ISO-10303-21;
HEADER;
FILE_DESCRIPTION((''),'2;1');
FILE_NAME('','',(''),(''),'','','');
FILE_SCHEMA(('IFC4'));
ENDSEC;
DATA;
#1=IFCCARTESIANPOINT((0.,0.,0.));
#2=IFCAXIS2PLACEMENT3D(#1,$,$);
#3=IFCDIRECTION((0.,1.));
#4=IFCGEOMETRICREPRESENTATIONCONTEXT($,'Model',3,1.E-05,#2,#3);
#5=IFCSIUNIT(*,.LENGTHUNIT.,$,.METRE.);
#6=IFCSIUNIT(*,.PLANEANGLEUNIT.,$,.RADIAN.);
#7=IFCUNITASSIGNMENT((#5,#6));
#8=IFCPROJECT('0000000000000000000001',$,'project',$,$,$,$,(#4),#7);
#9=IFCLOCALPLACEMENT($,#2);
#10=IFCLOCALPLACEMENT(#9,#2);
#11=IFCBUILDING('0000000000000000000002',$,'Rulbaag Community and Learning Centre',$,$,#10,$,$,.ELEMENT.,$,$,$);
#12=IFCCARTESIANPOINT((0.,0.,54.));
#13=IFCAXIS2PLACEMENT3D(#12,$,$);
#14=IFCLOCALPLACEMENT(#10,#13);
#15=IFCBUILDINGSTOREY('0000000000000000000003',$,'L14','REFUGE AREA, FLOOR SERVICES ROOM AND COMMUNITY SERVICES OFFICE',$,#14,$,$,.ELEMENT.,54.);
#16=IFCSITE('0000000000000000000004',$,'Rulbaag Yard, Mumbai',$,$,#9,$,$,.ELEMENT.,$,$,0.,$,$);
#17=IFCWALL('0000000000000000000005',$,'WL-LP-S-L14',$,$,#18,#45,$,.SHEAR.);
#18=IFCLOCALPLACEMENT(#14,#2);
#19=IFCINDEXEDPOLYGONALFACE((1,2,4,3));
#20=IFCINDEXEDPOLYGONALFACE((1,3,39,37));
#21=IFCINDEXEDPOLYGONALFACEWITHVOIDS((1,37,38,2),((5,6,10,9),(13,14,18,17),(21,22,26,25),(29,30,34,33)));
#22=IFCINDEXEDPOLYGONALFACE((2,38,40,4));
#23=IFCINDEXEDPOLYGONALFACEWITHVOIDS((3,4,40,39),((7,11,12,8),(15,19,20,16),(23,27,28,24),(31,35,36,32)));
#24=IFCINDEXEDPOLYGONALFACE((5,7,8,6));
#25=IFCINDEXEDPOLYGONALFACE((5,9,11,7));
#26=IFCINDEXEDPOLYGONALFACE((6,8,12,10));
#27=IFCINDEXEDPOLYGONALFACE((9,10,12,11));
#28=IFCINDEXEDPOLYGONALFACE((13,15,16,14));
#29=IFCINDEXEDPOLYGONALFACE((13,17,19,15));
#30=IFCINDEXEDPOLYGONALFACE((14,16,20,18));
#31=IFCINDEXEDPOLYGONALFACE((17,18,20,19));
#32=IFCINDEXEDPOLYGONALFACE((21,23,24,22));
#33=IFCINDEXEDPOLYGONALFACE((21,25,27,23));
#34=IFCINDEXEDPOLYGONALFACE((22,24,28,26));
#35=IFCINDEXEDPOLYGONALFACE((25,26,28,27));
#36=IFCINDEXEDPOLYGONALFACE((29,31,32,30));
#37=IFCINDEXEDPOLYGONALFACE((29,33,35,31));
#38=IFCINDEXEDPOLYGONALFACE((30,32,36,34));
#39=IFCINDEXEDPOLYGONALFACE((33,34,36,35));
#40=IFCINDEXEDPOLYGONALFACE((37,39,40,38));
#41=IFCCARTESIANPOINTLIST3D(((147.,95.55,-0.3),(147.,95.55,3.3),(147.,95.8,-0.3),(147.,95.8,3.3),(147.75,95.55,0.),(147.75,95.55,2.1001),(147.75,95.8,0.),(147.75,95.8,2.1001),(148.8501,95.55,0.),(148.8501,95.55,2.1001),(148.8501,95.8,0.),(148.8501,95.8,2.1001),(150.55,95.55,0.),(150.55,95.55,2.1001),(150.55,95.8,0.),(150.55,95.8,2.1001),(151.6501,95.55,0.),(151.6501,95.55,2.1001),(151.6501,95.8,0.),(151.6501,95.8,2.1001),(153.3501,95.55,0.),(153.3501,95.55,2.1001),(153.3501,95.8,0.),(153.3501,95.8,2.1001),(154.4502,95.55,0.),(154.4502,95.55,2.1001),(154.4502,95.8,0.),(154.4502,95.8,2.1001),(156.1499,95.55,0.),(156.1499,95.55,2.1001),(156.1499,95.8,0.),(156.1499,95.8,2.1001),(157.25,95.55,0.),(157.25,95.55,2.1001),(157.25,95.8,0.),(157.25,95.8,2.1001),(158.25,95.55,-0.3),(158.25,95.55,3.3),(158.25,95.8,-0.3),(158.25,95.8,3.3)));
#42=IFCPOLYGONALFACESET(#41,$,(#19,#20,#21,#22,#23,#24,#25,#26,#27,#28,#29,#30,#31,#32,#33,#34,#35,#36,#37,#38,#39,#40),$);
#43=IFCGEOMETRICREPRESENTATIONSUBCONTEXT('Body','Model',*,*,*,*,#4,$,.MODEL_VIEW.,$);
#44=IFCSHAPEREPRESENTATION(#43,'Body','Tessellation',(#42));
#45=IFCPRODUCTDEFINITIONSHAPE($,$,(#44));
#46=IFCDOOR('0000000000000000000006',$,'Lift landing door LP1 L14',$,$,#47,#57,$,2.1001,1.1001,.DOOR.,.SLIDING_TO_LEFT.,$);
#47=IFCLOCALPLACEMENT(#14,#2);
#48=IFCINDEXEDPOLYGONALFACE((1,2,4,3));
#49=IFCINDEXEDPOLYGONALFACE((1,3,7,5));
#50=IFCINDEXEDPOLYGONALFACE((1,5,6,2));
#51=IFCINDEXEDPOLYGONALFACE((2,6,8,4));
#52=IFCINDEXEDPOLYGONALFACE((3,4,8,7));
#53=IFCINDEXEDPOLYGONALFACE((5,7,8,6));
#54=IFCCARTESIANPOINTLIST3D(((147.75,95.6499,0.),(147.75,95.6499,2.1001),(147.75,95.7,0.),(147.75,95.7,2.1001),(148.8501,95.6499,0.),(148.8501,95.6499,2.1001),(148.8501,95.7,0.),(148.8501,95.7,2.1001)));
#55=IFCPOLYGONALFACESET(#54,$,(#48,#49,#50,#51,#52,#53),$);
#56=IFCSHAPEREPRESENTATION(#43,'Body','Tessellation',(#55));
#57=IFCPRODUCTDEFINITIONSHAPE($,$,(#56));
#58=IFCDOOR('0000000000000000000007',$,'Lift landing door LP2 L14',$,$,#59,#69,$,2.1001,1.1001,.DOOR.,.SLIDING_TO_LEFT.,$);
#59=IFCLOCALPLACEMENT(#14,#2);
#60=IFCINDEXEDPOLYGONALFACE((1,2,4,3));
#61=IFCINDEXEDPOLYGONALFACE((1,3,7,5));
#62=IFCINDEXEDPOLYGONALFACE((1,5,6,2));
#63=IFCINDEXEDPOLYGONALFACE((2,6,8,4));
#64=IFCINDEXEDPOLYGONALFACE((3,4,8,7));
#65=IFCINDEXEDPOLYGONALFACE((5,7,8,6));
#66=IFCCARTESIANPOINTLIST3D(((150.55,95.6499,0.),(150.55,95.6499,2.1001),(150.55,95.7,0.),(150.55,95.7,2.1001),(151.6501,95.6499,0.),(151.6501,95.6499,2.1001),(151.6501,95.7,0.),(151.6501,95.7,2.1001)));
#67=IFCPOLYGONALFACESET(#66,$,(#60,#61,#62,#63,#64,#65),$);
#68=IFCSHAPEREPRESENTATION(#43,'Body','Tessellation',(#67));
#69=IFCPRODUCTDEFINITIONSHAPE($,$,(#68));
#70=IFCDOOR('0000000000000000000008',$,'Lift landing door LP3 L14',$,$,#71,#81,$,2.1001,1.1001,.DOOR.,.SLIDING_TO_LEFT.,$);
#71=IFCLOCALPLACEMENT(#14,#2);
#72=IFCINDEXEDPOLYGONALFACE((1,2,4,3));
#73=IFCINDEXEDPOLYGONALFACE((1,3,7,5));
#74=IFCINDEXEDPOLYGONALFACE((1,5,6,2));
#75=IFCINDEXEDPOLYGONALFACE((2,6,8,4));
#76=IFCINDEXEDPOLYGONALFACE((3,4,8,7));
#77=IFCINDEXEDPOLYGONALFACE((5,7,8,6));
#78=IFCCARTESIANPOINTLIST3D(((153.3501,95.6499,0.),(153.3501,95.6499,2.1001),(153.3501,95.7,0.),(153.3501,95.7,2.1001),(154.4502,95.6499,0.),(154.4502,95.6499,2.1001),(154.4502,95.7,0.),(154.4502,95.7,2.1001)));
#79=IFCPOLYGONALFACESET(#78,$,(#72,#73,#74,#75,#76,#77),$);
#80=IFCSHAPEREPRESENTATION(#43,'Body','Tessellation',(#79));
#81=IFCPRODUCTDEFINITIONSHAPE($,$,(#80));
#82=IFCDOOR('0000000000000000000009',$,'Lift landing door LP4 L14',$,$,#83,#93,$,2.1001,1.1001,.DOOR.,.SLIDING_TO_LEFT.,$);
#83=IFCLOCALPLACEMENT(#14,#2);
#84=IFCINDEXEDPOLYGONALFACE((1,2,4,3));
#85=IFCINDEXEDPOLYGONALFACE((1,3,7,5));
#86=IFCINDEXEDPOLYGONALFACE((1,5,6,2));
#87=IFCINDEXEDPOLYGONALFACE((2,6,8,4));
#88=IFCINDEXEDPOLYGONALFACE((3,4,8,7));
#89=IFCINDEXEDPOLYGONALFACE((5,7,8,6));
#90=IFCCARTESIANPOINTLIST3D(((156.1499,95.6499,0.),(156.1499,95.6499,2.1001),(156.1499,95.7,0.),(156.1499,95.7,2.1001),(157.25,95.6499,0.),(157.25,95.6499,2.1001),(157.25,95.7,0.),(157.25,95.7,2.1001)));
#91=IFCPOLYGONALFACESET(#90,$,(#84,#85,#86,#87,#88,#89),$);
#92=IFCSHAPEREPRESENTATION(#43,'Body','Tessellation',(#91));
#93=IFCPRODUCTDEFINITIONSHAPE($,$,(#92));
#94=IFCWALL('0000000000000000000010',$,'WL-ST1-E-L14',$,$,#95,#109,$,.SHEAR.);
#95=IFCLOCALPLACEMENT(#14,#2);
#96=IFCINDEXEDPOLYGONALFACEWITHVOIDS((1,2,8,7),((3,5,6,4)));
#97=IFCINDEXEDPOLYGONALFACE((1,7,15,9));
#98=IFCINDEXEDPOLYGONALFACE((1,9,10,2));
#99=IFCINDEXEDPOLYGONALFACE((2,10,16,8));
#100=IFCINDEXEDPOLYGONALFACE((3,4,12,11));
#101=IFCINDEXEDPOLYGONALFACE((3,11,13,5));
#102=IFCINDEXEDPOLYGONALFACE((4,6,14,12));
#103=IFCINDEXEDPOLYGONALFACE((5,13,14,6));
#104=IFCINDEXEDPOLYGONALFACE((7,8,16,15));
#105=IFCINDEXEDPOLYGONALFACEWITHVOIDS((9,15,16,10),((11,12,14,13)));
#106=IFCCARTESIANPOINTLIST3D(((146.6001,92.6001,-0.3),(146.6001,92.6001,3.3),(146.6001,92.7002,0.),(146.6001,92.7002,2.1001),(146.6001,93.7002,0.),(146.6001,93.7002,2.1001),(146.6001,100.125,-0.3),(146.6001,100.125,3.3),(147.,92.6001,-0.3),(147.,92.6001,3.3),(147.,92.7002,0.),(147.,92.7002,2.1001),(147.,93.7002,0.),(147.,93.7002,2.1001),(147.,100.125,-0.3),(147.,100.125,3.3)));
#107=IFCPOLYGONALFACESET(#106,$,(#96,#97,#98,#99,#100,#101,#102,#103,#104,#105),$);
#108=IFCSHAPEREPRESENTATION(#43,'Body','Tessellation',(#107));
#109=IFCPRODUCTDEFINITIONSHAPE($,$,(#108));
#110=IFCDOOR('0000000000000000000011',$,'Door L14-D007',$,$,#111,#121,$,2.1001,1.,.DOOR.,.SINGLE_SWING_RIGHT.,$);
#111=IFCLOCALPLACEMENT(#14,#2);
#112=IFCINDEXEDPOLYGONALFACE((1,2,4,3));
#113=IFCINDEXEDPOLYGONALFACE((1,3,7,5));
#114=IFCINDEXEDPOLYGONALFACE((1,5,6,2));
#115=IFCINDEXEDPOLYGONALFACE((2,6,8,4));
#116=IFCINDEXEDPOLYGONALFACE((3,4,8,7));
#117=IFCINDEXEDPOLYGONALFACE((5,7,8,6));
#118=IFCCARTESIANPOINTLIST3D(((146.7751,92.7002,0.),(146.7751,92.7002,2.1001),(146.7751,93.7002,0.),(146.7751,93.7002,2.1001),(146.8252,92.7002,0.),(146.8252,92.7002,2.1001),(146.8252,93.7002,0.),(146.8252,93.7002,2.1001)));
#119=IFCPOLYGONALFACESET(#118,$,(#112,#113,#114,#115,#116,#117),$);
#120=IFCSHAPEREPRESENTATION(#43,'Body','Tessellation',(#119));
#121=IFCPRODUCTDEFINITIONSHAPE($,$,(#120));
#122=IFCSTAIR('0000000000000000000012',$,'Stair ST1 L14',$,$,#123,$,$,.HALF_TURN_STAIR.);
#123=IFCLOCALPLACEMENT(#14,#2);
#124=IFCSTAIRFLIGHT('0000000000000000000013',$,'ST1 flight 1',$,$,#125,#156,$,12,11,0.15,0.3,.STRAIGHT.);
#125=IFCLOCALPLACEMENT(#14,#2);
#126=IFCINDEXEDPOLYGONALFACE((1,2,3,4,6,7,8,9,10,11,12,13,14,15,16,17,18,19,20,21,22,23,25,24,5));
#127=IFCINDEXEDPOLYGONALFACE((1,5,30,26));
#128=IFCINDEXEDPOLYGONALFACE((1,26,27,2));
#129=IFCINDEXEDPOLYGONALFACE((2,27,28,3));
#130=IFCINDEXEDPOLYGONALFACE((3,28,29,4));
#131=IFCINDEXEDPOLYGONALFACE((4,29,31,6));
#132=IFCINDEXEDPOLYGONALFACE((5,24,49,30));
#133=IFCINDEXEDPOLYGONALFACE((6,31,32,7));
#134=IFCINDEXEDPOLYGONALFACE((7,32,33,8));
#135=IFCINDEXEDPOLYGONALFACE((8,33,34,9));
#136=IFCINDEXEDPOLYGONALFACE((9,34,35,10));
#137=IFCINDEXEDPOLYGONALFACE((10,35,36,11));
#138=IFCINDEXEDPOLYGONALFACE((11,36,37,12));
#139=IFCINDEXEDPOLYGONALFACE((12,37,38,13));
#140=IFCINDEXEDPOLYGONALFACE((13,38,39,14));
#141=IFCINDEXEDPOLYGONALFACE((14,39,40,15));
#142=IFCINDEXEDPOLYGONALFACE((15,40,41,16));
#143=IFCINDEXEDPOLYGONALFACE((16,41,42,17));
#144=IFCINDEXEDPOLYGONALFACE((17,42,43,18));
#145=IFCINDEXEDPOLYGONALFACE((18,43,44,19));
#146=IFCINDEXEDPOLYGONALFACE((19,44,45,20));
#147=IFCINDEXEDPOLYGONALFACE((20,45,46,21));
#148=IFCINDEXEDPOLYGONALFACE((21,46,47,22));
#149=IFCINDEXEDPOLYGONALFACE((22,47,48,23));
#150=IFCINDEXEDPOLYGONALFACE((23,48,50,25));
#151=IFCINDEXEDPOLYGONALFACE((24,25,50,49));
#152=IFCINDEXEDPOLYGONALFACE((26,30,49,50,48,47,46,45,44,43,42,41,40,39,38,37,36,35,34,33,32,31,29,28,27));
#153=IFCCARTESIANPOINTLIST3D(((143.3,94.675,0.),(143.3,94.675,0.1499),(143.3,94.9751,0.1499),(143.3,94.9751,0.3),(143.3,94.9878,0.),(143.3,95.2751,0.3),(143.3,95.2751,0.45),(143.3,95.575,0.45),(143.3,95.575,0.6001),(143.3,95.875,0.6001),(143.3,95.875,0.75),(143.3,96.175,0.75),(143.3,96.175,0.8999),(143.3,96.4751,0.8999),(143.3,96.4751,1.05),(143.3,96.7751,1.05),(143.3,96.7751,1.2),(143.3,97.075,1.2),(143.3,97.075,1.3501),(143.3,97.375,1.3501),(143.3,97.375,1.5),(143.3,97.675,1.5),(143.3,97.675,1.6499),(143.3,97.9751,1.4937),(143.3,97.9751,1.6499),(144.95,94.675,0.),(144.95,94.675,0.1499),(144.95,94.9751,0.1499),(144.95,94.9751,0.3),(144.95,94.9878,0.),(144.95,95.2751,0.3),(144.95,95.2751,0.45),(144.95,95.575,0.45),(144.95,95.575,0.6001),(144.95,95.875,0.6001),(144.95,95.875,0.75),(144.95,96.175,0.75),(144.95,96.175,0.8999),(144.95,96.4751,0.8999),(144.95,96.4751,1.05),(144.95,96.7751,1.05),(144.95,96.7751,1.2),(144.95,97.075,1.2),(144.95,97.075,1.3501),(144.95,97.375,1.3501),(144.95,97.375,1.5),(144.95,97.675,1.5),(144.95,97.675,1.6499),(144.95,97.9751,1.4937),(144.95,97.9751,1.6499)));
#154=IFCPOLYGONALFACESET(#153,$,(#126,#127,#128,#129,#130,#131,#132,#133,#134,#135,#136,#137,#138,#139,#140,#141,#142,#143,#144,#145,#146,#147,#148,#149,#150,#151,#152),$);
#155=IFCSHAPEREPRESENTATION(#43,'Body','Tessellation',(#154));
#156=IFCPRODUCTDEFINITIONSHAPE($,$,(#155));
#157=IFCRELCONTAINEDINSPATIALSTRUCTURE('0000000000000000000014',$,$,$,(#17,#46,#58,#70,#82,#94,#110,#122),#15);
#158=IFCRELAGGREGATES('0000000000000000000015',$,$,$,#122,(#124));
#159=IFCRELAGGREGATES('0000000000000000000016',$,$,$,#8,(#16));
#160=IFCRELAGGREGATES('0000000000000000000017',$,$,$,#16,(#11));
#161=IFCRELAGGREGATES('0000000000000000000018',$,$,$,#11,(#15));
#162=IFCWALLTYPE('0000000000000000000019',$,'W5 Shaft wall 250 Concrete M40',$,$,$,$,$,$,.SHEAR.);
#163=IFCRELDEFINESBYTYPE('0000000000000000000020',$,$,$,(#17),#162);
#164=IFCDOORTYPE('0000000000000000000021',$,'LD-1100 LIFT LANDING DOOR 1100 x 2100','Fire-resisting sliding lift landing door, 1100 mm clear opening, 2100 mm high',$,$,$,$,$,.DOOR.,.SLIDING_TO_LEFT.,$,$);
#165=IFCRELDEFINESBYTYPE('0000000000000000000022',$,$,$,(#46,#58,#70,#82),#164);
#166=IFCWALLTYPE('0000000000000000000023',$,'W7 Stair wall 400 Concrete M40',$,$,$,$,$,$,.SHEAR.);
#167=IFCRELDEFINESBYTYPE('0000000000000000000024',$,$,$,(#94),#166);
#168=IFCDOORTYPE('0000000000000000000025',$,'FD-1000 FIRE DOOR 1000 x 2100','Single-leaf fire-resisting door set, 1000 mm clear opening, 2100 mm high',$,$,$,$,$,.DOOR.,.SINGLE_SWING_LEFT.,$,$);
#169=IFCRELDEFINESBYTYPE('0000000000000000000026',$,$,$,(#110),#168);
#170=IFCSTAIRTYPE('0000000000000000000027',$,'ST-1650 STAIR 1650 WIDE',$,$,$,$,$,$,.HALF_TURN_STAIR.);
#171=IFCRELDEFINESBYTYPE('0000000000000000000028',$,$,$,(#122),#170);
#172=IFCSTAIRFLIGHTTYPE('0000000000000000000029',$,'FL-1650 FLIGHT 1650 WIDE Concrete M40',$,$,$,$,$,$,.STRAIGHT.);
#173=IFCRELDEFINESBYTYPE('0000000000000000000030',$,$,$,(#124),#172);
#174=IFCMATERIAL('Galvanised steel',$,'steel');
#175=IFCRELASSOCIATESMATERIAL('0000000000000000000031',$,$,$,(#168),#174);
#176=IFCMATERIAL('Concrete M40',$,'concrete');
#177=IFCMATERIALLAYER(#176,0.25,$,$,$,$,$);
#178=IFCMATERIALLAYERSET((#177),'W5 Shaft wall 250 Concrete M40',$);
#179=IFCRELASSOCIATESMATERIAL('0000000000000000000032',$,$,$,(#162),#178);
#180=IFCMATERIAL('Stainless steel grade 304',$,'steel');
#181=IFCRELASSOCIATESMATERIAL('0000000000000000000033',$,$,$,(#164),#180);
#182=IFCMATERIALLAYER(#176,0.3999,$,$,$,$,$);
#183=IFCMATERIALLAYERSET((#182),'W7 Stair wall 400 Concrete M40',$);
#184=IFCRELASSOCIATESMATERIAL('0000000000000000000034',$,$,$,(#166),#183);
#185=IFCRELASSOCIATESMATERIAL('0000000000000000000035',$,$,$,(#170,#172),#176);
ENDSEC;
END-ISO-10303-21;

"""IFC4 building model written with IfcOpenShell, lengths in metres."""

from ifc_helpers import new_model, si_unit, direction, frame, frame_2d, origin, place, context, subcontext, project, spatial, polyline, rectangle, outline, extrude, material, layer, layer_set, type_object, element, fill, aggregate, save


model = new_model("IFC4")

# Units and contexts
model_context = context("Model", 3, precision=1e-05, world=origin(), true_north=direction((0.0, 1.0)))
body_context = subcontext(model_context, "Body", "Model", "MODEL_VIEW")
ifc_project = project(units=[si_unit("LENGTHUNIT", "METRE"), si_unit("PLANEANGLEUNIT", "RADIAN")], contexts=[model_context])

# Site, building, storey
site_placement = place(None, origin())
site = spatial("IfcSite", under=ifc_project, at=site_placement, Name="Rulbaag Yard, Mumbai", CompositionType="ELEMENT", RefElevation=0.0)
building_placement = place(site_placement, origin())
building = spatial("IfcBuilding", under=site, at=building_placement, Name="Rulbaag Community and Learning Centre", CompositionType="ELEMENT")
storey_placement = place(building_placement, frame((0.0, 0.0, 54.0)))
storey = spatial("IfcBuildingStorey", under=building, at=storey_placement, Name="L14", Description="REFUGE AREA, FLOOR SERVICES ROOM AND COMMUNITY SERVICES OFFICE", CompositionType="ELEMENT", Elevation=54.0)

# Shared definitions
ifc_material_1 = material(Name="Concrete M40", Category="concrete")

# Wall, openings, doors
ifc_material_2 = material(Name="Galvanised steel", Category="steel")
door_type_1 = type_object("IfcDoorType", Name="FD-1000 FIRE DOOR 1000 x 2100", Description="Single-leaf fire-resisting door set, 1000 mm clear opening, 2100 mm high", OperationType="SINGLE_SWING_LEFT", PredefinedType="DOOR", material=ifc_material_2)
ifc_layer_1 = layer(ifc_material_1, 0.25)
ifc_layer_set_1 = layer_set([ifc_layer_1], Name="W5 Shaft wall 250 Concrete M40")
wall_type_1 = type_object("IfcWallType", Name="W5 Shaft wall 250 Concrete M40", PredefinedType="SHEAR", material=ifc_layer_set_1)
wall_1_placement = place(storey_placement, frame((147.0, 95.675, -0.3), z_axis=(0.0, 0.0, 1.0), x_axis=(1.0, 0.0, 0.0)))
wall_1 = element("IfcWall", 1, at=wall_1_placement, inside=storey, type_object=wall_type_1, Name="WL-LP-S-L14", PredefinedType="SHEAR", context=body_context, shape_type="SweptSolid", body=[
    extrude(rectangle(XDim=11.25, YDim=0.25, at=frame_2d((5.625, 0.0))), origin(), (0.0, 0.0, 1.0), 3.6001),
])
opening_1_placement = place(wall_1_placement, frame((0.75, 0.0, 0.3)))
opening_1 = element("IfcOpeningElement", 2, at=opening_1_placement, cuts=wall_1, PredefinedType="OPENING", context=body_context, shape_type="SweptSolid", body=[
    extrude(rectangle(XDim=1.1001, YDim=2.1001, at=frame_2d((0.55, 1.05))), frame((0.0, 0.135, 0.0), z_axis=(0.0, -1.0, 0.0), x_axis=(1.0, 0.0, 0.0)), (0.0, 0.0, 1.0), 0.27),
])
opening_2_placement = place(wall_1_placement, frame((3.55, 0.0, 0.3)))
opening_2 = element("IfcOpeningElement", 3, at=opening_2_placement, cuts=wall_1, PredefinedType="OPENING", context=body_context, shape_type="SweptSolid", body=[
    extrude(rectangle(XDim=1.1001, YDim=2.1001, at=frame_2d((0.55, 1.05))), frame((0.0, 0.135, 0.0), z_axis=(0.0, -1.0, 0.0), x_axis=(1.0, 0.0, 0.0)), (0.0, 0.0, 1.0), 0.27),
])
opening_3_placement = place(wall_1_placement, frame((6.3501, 0.0, 0.3)))
opening_3 = element("IfcOpeningElement", 4, at=opening_3_placement, cuts=wall_1, PredefinedType="OPENING", context=body_context, shape_type="SweptSolid", body=[
    extrude(rectangle(XDim=1.1001, YDim=2.1001, at=frame_2d((0.55, 1.05))), frame((0.0, 0.135, 0.0), z_axis=(0.0, -1.0, 0.0), x_axis=(1.0, 0.0, 0.0)), (0.0, 0.0, 1.0), 0.27),
])
opening_4_placement = place(wall_1_placement, frame((9.1499, 0.0, 0.3)))
opening_4 = element("IfcOpeningElement", 5, at=opening_4_placement, cuts=wall_1, PredefinedType="OPENING", context=body_context, shape_type="SweptSolid", body=[
    extrude(rectangle(XDim=1.1001, YDim=2.1001, at=frame_2d((0.55, 1.05))), frame((0.0, 0.135, 0.0), z_axis=(0.0, -1.0, 0.0), x_axis=(1.0, 0.0, 0.0)), (0.0, 0.0, 1.0), 0.27),
])
ifc_material_3 = material(Name="Stainless steel grade 304", Category="steel")
door_type_2 = type_object("IfcDoorType", Name="LD-1100 LIFT LANDING DOOR 1100 x 2100", Description="Fire-resisting sliding lift landing door, 1100 mm clear opening, 2100 mm high", OperationType="SLIDING_TO_LEFT", PredefinedType="DOOR", material=ifc_material_3)
door_1_placement = place(opening_1_placement, origin())
door_1 = element("IfcDoor", 6, at=door_1_placement, inside=storey, type_object=door_type_2, Name="Lift landing door LP1 L14", OperationType="SLIDING_TO_LEFT", OverallHeight=2.1001, OverallWidth=1.1001, PredefinedType="DOOR", context=body_context, shape_type="SweptSolid", body=[
    extrude(rectangle(XDim=1.1001, YDim=2.1001, at=frame_2d((0.55, 1.05))), frame((0.0, 0.0249, 0.0), z_axis=(0.0, -1.0, 0.0), x_axis=(1.0, 0.0, 0.0)), (0.0, 0.0, 1.0), 0.05),
])
fill(opening_1, door_1)
door_2_placement = place(opening_2_placement, origin())
door_2 = element("IfcDoor", 7, at=door_2_placement, inside=storey, type_object=door_type_2, Name="Lift landing door LP2 L14", OperationType="SLIDING_TO_LEFT", OverallHeight=2.1001, OverallWidth=1.1001, PredefinedType="DOOR", context=body_context, shape_type="SweptSolid", body=[
    extrude(rectangle(XDim=1.1001, YDim=2.1001, at=frame_2d((0.55, 1.05))), frame((0.0, 0.0249, 0.0), z_axis=(0.0, -1.0, 0.0), x_axis=(1.0, 0.0, 0.0)), (0.0, 0.0, 1.0), 0.05),
])
fill(opening_2, door_2)
door_3_placement = place(opening_3_placement, origin())
door_3 = element("IfcDoor", 8, at=door_3_placement, inside=storey, type_object=door_type_2, Name="Lift landing door LP3 L14", OperationType="SLIDING_TO_LEFT", OverallHeight=2.1001, OverallWidth=1.1001, PredefinedType="DOOR", context=body_context, shape_type="SweptSolid", body=[
    extrude(rectangle(XDim=1.1001, YDim=2.1001, at=frame_2d((0.55, 1.05))), frame((0.0, 0.0249, 0.0), z_axis=(0.0, -1.0, 0.0), x_axis=(1.0, 0.0, 0.0)), (0.0, 0.0, 1.0), 0.05),
])
fill(opening_3, door_3)
door_4_placement = place(opening_4_placement, origin())
door_4 = element("IfcDoor", 9, at=door_4_placement, inside=storey, type_object=door_type_2, Name="Lift landing door LP4 L14", OperationType="SLIDING_TO_LEFT", OverallHeight=2.1001, OverallWidth=1.1001, PredefinedType="DOOR", context=body_context, shape_type="SweptSolid", body=[
    extrude(rectangle(XDim=1.1001, YDim=2.1001, at=frame_2d((0.55, 1.05))), frame((0.0, 0.0249, 0.0), z_axis=(0.0, -1.0, 0.0), x_axis=(1.0, 0.0, 0.0)), (0.0, 0.0, 1.0), 0.05),
])
fill(opening_4, door_4)

# Wall, opening, door
ifc_layer_2 = layer(ifc_material_1, 0.3999)
ifc_layer_set_2 = layer_set([ifc_layer_2], Name="W7 Stair wall 400 Concrete M40")
wall_type_2 = type_object("IfcWallType", Name="W7 Stair wall 400 Concrete M40", PredefinedType="SHEAR", material=ifc_layer_set_2)
wall_2_placement = place(storey_placement, frame((146.8, 92.6001, -0.3), z_axis=(0.0, 0.0, 1.0), x_axis=(0.0, 1.0, 0.0)))
wall_2 = element("IfcWall", 10, at=wall_2_placement, inside=storey, type_object=wall_type_2, Name="WL-ST1-E-L14", PredefinedType="SHEAR", context=body_context, shape_type="SweptSolid", body=[
    extrude(rectangle(XDim=7.5249, YDim=0.3999, at=frame_2d((3.7625, 0.0))), origin(), (0.0, 0.0, 1.0), 3.6001),
])
opening_5_placement = place(wall_2_placement, frame((0.1001, 0.0, 0.3)))
opening_5 = element("IfcOpeningElement", 11, at=opening_5_placement, cuts=wall_2, PredefinedType="OPENING", context=body_context, shape_type="SweptSolid", body=[
    extrude(rectangle(XDim=1.0, YDim=2.1001, at=frame_2d((0.5, 1.05))), frame((0.0, 0.21, 0.0), z_axis=(0.0, -1.0, 0.0), x_axis=(1.0, 0.0, 0.0)), (0.0, 0.0, 1.0), 0.4199),
])
door_5_placement = place(opening_5_placement, origin())
door_5 = element("IfcDoor", 12, at=door_5_placement, inside=storey, type_object=door_type_1, Name="Door L14-D007", OperationType="SINGLE_SWING_RIGHT", OverallHeight=2.1001, OverallWidth=1.0, PredefinedType="DOOR", context=body_context, shape_type="SweptSolid", body=[
    extrude(rectangle(XDim=1.0, YDim=2.1001, at=frame_2d((0.5, 1.05))), frame((0.0, 0.0249, 0.0), z_axis=(0.0, -1.0, 0.0), x_axis=(1.0, 0.0, 0.0)), (0.0, 0.0, 1.0), 0.05),
])
fill(opening_5, door_5)

# Stair, stair flight
stair_type = type_object("IfcStairType", Name="ST-1650 STAIR 1650 WIDE", PredefinedType="HALF_TURN_STAIR", material=ifc_material_1)
stair_placement = place(storey_placement, origin())
stair = element("IfcStair", 13, at=stair_placement, inside=storey, type_object=stair_type, Name="Stair ST1 L14", PredefinedType="HALF_TURN_STAIR")
stair_flight_type = type_object("IfcStairFlightType", Name="FL-1650 FLIGHT 1650 WIDE Concrete M40", PredefinedType="STRAIGHT", material=ifc_material_1)
stair_flight_placement = place(storey_placement, frame((144.125, 94.675, 0.0), z_axis=(0.0, 0.0, 1.0), x_axis=(0.0, 1.0, 0.0)))
stair_flight = element("IfcStairFlight", 14, at=stair_flight_placement, type_object=stair_flight_type, Name="ST1 flight 1", NumberOfRisers=12, NumberOfTreads=11, PredefinedType="STRAIGHT", RiserHeight=0.15, TreadLength=0.3, context=body_context, shape_type="SweptSolid", body=[
    extrude(outline(polyline([(0.0, 0.0), (0.0, 0.1499), (0.3, 0.1499), (0.3, 0.3), (0.6001, 0.3), (0.6001, 0.45), (0.8999, 0.45), (0.8999, 0.6001), (1.2, 0.6001), (1.2, 0.75), (1.5, 0.75), (1.5, 0.8999), (1.8, 0.8999), (1.8, 1.05), (2.1001, 1.05), (2.1001, 1.2), (2.3999, 1.2), (2.3999, 1.3501), (2.7, 1.3501), (2.7, 1.5), (3.0, 1.5), (3.0, 1.6499), (3.3, 1.6499), (3.3, 1.4937), (0.3127, 0.0), (0.0, 0.0)])), frame((0.0, 0.825, 0.0), z_axis=(0.0, -1.0, 0.0), x_axis=(1.0, 0.0, 0.0)), (0.0, 0.0, 1.0), 1.6499),
])
aggregate(stair, [stair_flight])

save(model, "model.ifc")
